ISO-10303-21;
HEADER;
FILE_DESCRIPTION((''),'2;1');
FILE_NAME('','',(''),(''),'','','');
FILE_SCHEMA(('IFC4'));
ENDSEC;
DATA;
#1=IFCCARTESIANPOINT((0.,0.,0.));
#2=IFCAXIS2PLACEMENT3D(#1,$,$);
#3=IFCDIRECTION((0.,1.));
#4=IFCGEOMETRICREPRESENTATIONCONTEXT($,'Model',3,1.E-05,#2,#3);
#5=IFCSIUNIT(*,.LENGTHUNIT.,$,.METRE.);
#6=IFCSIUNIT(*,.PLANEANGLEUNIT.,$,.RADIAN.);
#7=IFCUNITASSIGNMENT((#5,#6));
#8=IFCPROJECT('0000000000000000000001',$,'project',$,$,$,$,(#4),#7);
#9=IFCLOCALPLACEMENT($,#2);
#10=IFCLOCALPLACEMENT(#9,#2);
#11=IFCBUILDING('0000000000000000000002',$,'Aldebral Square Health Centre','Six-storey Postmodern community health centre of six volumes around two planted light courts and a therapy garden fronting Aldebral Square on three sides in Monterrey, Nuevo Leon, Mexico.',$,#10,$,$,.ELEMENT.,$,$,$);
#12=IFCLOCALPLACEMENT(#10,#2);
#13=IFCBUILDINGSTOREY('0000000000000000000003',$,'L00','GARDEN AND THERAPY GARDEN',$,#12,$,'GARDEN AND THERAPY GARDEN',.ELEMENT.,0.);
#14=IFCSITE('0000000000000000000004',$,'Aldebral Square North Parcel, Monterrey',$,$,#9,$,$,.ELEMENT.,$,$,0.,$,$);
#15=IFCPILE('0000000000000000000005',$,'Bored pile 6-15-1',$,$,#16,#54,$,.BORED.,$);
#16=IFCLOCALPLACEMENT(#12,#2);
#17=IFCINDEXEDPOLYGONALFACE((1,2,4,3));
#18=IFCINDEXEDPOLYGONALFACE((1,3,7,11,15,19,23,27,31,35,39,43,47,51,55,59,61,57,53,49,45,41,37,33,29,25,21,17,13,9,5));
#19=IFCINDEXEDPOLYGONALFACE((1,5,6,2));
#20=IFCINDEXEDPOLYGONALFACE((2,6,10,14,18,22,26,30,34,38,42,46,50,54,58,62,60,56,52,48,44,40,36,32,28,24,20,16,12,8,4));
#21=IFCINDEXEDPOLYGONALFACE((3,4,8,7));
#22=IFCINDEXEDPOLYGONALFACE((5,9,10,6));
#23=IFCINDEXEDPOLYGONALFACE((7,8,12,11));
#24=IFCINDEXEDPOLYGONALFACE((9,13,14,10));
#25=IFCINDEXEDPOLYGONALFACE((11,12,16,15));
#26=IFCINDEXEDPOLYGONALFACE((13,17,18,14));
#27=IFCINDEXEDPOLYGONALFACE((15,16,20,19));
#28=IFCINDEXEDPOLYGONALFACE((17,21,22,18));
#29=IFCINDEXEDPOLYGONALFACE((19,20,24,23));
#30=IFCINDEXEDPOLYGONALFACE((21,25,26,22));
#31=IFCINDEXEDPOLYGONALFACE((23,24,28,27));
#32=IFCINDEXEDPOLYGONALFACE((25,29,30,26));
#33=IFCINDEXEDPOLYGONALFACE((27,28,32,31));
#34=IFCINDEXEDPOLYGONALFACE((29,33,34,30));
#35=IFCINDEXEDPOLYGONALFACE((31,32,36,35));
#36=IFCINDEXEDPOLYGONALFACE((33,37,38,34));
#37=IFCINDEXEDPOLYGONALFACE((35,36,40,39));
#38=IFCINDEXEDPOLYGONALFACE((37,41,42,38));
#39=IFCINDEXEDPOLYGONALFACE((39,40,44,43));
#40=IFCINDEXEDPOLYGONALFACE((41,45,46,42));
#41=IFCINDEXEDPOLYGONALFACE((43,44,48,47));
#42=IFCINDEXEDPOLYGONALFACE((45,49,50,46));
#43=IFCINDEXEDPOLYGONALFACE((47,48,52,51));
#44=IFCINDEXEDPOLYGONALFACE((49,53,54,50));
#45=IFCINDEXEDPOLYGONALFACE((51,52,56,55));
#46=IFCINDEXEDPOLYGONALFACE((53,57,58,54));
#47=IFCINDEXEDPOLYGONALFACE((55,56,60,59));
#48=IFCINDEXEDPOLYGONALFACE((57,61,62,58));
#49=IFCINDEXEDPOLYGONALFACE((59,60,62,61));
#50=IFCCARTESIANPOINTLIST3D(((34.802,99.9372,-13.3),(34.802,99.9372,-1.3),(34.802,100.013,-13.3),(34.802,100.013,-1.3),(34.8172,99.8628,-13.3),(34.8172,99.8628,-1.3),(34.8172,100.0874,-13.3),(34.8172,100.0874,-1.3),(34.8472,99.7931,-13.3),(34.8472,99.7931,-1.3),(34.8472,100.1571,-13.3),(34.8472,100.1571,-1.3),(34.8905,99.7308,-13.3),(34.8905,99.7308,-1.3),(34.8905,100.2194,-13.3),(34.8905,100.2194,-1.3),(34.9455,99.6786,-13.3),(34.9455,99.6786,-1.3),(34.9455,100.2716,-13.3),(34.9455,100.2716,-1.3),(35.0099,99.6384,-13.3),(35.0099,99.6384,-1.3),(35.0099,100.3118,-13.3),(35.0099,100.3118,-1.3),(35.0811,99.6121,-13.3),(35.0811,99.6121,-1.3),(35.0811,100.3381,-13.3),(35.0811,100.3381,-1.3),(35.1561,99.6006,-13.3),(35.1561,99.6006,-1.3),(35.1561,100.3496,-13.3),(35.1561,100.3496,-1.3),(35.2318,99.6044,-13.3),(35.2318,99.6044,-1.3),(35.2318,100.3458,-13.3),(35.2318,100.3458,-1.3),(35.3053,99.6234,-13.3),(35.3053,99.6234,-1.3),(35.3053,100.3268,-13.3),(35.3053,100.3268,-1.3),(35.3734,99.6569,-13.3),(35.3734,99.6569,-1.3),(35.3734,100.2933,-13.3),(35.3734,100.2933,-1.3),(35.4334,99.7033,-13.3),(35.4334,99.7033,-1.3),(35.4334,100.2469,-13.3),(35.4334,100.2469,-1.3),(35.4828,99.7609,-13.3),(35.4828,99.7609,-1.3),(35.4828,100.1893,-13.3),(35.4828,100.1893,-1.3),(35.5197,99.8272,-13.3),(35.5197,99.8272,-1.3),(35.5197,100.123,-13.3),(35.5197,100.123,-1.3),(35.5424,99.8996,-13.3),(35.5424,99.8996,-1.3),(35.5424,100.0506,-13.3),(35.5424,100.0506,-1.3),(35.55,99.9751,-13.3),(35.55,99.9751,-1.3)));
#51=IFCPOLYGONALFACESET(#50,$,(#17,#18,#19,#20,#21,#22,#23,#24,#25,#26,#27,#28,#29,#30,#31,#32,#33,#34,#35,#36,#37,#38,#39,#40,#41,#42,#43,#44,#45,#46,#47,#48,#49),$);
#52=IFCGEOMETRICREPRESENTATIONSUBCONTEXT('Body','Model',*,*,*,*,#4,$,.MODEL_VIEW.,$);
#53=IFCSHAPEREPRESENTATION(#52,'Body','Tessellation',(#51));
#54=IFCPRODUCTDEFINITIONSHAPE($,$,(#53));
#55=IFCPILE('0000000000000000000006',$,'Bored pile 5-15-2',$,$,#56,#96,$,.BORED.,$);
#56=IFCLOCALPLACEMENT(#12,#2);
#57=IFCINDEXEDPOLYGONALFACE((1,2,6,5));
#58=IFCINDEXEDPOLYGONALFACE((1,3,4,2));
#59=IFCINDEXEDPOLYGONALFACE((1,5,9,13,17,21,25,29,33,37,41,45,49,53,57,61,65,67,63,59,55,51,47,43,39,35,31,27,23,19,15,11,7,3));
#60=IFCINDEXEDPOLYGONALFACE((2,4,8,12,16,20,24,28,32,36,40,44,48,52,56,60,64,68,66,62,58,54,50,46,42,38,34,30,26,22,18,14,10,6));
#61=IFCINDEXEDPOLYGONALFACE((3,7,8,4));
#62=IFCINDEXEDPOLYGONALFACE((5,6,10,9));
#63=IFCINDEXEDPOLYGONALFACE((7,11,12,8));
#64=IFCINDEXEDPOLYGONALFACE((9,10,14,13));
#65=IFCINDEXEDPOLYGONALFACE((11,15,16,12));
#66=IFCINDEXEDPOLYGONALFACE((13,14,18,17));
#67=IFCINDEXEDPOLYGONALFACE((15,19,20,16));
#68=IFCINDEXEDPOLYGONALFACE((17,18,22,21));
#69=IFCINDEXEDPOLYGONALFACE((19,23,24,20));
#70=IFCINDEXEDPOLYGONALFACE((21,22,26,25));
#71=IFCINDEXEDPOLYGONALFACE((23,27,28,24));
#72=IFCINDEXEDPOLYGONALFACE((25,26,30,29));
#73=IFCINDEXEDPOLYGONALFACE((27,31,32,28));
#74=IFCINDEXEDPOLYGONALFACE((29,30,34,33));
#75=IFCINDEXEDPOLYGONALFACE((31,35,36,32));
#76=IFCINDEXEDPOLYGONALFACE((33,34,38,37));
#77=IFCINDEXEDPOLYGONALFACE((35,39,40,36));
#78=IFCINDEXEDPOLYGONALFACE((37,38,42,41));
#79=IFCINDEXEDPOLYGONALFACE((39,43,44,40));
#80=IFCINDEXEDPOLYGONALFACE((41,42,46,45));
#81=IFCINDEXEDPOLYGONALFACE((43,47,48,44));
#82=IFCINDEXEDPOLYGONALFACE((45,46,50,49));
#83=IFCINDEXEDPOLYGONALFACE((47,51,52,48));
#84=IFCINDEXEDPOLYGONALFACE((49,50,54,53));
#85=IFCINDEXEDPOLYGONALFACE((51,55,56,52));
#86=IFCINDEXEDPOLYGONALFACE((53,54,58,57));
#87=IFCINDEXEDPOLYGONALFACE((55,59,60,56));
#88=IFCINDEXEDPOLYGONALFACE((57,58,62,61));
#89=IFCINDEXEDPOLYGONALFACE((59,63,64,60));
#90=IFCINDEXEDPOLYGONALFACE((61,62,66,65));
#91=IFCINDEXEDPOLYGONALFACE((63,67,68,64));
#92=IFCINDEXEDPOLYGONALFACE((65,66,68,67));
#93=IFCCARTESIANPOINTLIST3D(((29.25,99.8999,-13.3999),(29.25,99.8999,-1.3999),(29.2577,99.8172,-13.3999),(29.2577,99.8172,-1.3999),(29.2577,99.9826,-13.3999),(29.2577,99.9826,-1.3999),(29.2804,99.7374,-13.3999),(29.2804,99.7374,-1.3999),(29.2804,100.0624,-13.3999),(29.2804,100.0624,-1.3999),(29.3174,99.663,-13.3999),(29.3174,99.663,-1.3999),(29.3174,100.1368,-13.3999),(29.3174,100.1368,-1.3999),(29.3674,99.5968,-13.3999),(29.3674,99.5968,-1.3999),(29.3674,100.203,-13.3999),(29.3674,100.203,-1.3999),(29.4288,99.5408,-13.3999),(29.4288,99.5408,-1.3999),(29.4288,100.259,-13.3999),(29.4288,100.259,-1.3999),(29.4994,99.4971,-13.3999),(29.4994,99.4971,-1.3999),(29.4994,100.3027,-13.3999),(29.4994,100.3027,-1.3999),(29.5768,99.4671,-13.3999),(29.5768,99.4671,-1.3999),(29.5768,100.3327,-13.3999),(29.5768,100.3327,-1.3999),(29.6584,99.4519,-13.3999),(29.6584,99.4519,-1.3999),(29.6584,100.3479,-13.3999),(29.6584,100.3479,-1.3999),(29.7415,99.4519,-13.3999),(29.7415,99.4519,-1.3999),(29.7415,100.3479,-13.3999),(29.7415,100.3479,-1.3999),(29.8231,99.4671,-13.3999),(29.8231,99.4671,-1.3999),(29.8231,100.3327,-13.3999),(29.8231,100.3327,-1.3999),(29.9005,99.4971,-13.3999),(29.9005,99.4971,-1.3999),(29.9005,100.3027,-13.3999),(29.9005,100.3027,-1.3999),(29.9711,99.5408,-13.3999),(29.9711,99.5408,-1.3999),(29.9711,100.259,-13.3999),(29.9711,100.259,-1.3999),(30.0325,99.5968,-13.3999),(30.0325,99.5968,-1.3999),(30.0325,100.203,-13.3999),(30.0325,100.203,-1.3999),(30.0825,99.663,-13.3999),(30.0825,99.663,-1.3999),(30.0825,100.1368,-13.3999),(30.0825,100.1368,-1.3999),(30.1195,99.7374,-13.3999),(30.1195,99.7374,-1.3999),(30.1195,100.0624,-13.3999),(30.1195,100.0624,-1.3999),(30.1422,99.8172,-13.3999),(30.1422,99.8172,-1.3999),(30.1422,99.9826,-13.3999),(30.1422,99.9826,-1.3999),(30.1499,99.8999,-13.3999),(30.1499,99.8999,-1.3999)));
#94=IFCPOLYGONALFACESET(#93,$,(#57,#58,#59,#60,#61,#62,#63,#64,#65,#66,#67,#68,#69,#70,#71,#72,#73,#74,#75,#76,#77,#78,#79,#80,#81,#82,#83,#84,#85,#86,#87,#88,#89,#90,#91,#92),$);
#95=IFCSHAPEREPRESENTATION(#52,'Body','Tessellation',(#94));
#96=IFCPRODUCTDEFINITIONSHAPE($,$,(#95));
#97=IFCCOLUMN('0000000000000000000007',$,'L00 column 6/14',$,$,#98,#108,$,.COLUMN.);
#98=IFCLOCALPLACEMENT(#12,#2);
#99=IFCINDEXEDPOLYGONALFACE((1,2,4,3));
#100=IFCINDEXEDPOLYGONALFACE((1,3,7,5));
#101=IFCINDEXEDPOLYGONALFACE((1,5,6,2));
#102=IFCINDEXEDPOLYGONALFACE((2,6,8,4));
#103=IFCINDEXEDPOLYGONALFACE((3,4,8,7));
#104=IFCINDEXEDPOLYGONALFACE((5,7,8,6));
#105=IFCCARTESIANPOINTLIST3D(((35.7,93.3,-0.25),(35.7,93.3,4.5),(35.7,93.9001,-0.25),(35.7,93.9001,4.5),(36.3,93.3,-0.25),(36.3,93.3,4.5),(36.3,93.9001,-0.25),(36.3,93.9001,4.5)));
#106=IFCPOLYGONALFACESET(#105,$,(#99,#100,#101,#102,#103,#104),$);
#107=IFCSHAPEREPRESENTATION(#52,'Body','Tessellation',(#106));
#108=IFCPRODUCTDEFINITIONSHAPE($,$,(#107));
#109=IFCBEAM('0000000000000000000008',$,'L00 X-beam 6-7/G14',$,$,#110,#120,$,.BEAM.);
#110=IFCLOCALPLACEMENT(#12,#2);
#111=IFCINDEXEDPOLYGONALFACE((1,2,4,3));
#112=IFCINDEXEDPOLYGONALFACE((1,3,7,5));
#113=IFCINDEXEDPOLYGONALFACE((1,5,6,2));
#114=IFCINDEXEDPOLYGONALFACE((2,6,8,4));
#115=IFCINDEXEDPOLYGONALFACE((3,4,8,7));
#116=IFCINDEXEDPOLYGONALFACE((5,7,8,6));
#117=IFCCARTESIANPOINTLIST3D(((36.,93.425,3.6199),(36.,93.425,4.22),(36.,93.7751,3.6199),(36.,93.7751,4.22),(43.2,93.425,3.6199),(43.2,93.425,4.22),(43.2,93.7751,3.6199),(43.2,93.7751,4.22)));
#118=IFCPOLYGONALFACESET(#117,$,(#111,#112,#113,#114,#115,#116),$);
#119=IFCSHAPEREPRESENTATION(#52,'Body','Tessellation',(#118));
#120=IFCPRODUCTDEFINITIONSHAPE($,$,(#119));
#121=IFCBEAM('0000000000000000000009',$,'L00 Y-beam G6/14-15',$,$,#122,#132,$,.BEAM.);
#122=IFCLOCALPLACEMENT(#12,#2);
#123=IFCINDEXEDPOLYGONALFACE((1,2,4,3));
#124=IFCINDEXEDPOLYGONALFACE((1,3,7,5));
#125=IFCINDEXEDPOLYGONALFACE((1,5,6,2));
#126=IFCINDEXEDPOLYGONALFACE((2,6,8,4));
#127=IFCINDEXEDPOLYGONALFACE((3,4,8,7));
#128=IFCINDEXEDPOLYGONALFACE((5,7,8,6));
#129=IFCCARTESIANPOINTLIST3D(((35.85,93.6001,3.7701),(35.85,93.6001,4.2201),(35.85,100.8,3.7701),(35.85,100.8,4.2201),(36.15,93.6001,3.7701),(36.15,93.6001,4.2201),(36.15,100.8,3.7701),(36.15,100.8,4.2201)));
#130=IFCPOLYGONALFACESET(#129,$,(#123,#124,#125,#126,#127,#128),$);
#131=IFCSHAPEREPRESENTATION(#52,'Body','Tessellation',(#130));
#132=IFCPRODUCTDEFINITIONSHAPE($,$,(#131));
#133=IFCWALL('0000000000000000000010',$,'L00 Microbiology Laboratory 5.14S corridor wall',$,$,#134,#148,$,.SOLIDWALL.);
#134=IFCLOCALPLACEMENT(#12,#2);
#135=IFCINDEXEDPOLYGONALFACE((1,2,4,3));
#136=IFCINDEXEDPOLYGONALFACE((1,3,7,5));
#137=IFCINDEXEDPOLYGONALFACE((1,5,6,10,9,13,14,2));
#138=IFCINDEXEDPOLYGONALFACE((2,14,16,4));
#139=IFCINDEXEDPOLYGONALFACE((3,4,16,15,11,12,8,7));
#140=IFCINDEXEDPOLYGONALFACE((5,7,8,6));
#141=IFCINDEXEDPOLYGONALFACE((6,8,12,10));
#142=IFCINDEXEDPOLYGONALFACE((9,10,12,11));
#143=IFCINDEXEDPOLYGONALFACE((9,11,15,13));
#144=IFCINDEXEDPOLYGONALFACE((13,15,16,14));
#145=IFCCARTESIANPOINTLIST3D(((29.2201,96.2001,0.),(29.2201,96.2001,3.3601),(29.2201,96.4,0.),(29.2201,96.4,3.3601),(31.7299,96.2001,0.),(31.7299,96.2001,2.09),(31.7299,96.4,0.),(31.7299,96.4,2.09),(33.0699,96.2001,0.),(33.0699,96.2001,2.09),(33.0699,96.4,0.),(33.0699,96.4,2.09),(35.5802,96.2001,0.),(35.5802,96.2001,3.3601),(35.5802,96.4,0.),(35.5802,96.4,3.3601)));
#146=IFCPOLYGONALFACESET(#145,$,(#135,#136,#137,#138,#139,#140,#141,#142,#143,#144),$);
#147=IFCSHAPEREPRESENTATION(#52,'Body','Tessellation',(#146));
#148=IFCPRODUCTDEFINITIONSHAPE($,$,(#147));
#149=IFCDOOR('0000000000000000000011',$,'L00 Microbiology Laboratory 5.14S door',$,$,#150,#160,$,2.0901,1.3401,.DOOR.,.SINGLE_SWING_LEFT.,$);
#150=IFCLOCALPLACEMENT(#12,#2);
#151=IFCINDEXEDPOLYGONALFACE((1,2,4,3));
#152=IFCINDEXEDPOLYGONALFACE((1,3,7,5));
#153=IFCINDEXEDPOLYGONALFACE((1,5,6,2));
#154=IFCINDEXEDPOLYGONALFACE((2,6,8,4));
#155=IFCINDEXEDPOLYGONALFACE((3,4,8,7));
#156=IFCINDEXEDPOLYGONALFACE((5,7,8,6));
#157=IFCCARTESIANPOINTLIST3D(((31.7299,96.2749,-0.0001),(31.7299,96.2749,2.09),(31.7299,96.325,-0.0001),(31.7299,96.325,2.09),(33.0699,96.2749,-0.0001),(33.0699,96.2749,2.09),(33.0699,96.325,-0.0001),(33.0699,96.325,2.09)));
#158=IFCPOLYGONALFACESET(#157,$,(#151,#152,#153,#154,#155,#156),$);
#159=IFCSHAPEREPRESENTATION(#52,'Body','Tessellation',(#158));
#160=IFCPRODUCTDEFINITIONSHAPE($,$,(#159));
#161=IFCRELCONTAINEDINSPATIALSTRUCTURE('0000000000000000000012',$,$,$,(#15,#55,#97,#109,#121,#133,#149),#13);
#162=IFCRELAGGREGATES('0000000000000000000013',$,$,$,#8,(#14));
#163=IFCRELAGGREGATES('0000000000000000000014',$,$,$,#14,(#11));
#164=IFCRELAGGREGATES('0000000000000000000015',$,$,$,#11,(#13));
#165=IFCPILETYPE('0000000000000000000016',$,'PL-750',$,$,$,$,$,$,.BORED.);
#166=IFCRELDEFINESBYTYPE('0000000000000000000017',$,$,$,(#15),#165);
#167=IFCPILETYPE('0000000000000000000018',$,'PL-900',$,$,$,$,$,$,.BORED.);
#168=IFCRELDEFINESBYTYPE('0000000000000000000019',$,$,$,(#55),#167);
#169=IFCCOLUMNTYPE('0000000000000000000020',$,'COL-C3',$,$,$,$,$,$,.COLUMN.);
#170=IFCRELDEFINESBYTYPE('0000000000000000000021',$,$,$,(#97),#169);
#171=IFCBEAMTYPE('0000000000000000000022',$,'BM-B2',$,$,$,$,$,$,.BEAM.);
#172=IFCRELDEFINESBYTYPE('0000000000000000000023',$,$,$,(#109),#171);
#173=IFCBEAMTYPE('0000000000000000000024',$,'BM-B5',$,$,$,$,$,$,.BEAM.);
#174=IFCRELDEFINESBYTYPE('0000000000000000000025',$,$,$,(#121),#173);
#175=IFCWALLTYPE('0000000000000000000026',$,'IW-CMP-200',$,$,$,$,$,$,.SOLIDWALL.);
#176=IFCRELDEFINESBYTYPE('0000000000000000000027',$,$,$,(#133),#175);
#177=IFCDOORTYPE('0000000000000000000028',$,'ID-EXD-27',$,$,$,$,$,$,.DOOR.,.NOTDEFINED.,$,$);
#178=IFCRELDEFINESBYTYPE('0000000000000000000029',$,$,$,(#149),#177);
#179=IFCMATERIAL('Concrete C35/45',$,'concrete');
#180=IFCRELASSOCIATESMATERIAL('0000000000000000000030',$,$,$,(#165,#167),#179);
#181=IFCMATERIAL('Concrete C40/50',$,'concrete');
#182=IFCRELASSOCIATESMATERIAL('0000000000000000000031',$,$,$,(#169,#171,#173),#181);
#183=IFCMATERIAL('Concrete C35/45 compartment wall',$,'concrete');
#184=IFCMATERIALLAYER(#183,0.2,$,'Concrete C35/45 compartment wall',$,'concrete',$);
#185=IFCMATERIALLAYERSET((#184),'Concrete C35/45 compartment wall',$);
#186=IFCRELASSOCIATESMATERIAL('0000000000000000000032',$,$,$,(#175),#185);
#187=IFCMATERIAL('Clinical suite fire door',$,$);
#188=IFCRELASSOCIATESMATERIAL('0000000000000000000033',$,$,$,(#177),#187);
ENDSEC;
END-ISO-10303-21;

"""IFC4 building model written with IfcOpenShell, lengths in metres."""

from ifc_helpers import new_model, si_unit, direction, frame, frame_2d, origin, origin_2d, place, context, subcontext, project, spatial, rectangle, circle, extrude, material, layer, layer_set, material_profile, profile_set, type_object, element, fill, save


model = new_model("IFC4")

# Units and contexts
model_context = context("Model", 3, precision=1e-05, world=origin(), true_north=direction((0.0, 1.0)))
body_context = subcontext(model_context, "Body", "Model", "MODEL_VIEW")
ifc_project = project(units=[si_unit("LENGTHUNIT", "METRE"), si_unit("PLANEANGLEUNIT", "RADIAN")], contexts=[model_context])

# Site, building, storey
site_placement = place(None, origin())
site = spatial("IfcSite", under=ifc_project, at=site_placement, Name="Aldebral Square North Parcel, Monterrey", CompositionType="ELEMENT", RefElevation=0.0)
building_placement = place(site_placement, origin())
building = spatial("IfcBuilding", under=site, at=building_placement, Name="Aldebral Square Health Centre", Description="Six-storey Postmodern community health centre of six volumes around two planted light courts and a therapy garden fronting Aldebral Square on three sides in Monterrey, Nuevo Leon, Mexico.", CompositionType="ELEMENT")
storey_placement = place(building_placement, origin())
storey = spatial("IfcBuildingStorey", under=building, at=storey_placement, Name="L00", Description="GARDEN AND THERAPY GARDEN", LongName="GARDEN AND THERAPY GARDEN", CompositionType="ELEMENT", Elevation=0.0)

# Shared definitions
ifc_material_1 = material(Name="Concrete C35/45", Category="concrete")

# Piles
ifc_material_profile_1 = material_profile(ifc_material_1, circle(Radius=0.375, at=origin_2d()), Name="PILE D750")
ifc_profile_set_1 = profile_set([ifc_material_profile_1], Name="Concrete C35/45")
pile_type_1 = type_object("IfcPileType", Name="PL-750", PredefinedType="BORED", material=ifc_profile_set_1)
for number, where, z_axis, x_axis, name in (
    (1, (35.175, 99.9751, -1.3), (0.0, 0.0, -1.0), (1.0, 0.0, 0.0), "Bored pile 6-15-1"),
):
    element("IfcPile", number, at=place(storey_placement, frame(where, z_axis=z_axis, x_axis=x_axis)), inside=storey, type_object=pile_type_1, Name=name, PredefinedType="BORED", context=body_context, shape_type="SweptSolid", body=[
        extrude(circle(Radius=0.375, at=origin_2d()), origin(), (0.0, 0.0, 1.0), 12.0),
    ])
ifc_material_profile_2 = material_profile(ifc_material_1, circle(Radius=0.45, at=origin_2d()), Name="PILE D900")
ifc_profile_set_2 = profile_set([ifc_material_profile_2], Name="Concrete C35/45")
pile_type_2 = type_object("IfcPileType", Name="PL-900", PredefinedType="BORED", material=ifc_profile_set_2)
pile_placement = place(storey_placement, frame((29.7, 99.8999, -1.3999), z_axis=(0.0, 0.0, -1.0), x_axis=(1.0, 0.0, 0.0)))
element("IfcPile", 2, at=pile_placement, inside=storey, type_object=pile_type_2, Name="Bored pile 5-15-2", PredefinedType="BORED", context=body_context, shape_type="SweptSolid", body=[
    extrude(circle(Radius=0.45, at=origin_2d()), origin(), (0.0, 0.0, 1.0), 12.0),
])

# Column
ifc_material_2 = material(Name="Concrete C40/50", Category="concrete")
ifc_material_profile_3 = material_profile(ifc_material_2, rectangle(XDim=0.6001, YDim=0.6001, at=origin_2d()), Name="RC 600x600")
ifc_profile_set_3 = profile_set([ifc_material_profile_3], Name="Concrete C40/50")
column_type = type_object("IfcColumnType", Name="COL-C3", PredefinedType="COLUMN", material=ifc_profile_set_3)
column_placement = place(storey_placement, frame((36.0, 93.6001, -0.25), z_axis=(0.0, 0.0, 1.0), x_axis=(1.0, 0.0, 0.0)))
element("IfcColumn", 3, at=column_placement, inside=storey, type_object=column_type, Name="L00 column 6/14", PredefinedType="COLUMN", context=body_context, shape_type="SweptSolid", body=[
    extrude(rectangle(XDim=0.6001, YDim=0.6001, at=origin_2d()), origin(), (0.0, 0.0, 1.0), 4.75),
])

# Beams
ifc_material_profile_4 = material_profile(ifc_material_2, rectangle(XDim=0.3501, YDim=0.6001, at=origin_2d()), Name="RC 350x600")
ifc_profile_set_4 = profile_set([ifc_material_profile_4], Name="Concrete C40/50")
beam_type_1 = type_object("IfcBeamType", Name="BM-B2", PredefinedType="BEAM", material=ifc_profile_set_4)
beam_1_placement = place(storey_placement, frame((36.0, 93.6001, 3.9199), z_axis=(1.0, 0.0, 0.0), x_axis=(0.0, 1.0, 0.0)))
element("IfcBeam", 4, at=beam_1_placement, inside=storey, type_object=beam_type_1, Name="L00 X-beam 6-7/G14", PredefinedType="BEAM", context=body_context, shape_type="SweptSolid", body=[
    extrude(rectangle(XDim=0.3501, YDim=0.6001, at=origin_2d()), origin(), (0.0, 0.0, 1.0), 7.2),
])
ifc_material_profile_5 = material_profile(ifc_material_2, rectangle(XDim=0.3, YDim=0.45, at=origin_2d()), Name="RC 300x450")
ifc_profile_set_5 = profile_set([ifc_material_profile_5], Name="Concrete C40/50")
beam_type_2 = type_object("IfcBeamType", Name="BM-B5", PredefinedType="BEAM", material=ifc_profile_set_5)
beam_2_placement = place(storey_placement, frame((36.0, 93.6001, 3.9951), z_axis=(0.0, 1.0, 0.0), x_axis=(-1.0, 0.0, 0.0)))
element("IfcBeam", 5, at=beam_2_placement, inside=storey, type_object=beam_type_2, Name="L00 Y-beam G6/14-15", PredefinedType="BEAM", context=body_context, shape_type="SweptSolid", body=[
    extrude(rectangle(XDim=0.3, YDim=0.45, at=origin_2d()), origin(), (0.0, 0.0, 1.0), 7.2),
])

# Wall, opening, door
ifc_material_3 = material(Name="Concrete C35/45 compartment wall", Category="concrete")
ifc_layer_1 = layer(ifc_material_3, 0.2, Name="Concrete C35/45 compartment wall", Category="concrete")
ifc_layer_set_1 = layer_set([ifc_layer_1], Name="Concrete C35/45 compartment wall")
wall_type_1 = type_object("IfcWallType", Name="IW-CMP-200", PredefinedType="SOLIDWALL", material=ifc_layer_set_1)
wall_1_placement = place(storey_placement, frame((29.22, 96.3, 0.0), z_axis=(0.0, 0.0, 1.0), x_axis=(1.0, 0.0, 0.0)))
wall_1 = element("IfcWall", 6, at=wall_1_placement, inside=storey, type_object=wall_type_1, Name="L00 Microbiology Laboratory 5.14S corridor wall", PredefinedType="SOLIDWALL", context=body_context, shape_type="SweptSolid", body=[
    extrude(rectangle(XDim=6.3601, YDim=0.2, at=frame_2d((3.1802, 0.0))), origin(), (0.0, 0.0, 1.0), 3.3601),
])
opening_1_placement = place(wall_1_placement, frame((2.51, 0.0, 0.0)))
opening_1 = element("IfcOpeningElement", 7, at=opening_1_placement, cuts=wall_1, PredefinedType="OPENING", context=body_context, shape_type="SweptSolid", body=[
    extrude(rectangle(XDim=1.3401, YDim=2.0901, at=frame_2d((0.6699, 1.0449))), frame((0.0, 0.1099, 0.0), z_axis=(0.0, -1.0, 0.0), x_axis=(1.0, 0.0, 0.0)), (0.0, 0.0, 1.0), 0.22),
])
ifc_material_4 = material(Name="Clinical suite fire door")
door_type_1 = type_object("IfcDoorType", Name="ID-EXD-27", OperationType="NOTDEFINED", PredefinedType="DOOR", material=ifc_material_4)
door_1_placement = place(opening_1_placement, origin())
door_1 = element("IfcDoor", 8, at=door_1_placement, inside=storey, type_object=door_type_1, Name="L00 Microbiology Laboratory 5.14S door", OperationType="SINGLE_SWING_LEFT", OverallHeight=2.0901, OverallWidth=1.3401, PredefinedType="DOOR", context=body_context, shape_type="SweptSolid", body=[
    extrude(rectangle(XDim=1.3401, YDim=2.0901, at=frame_2d((0.6699, 1.0449))), frame((0.0, 0.0249, 0.0), z_axis=(0.0, -1.0, 0.0), x_axis=(1.0, 0.0, 0.0)), (0.0, 0.0, 1.0), 0.05),
])
fill(opening_1, door_1)

save(model, "model.ifc")
